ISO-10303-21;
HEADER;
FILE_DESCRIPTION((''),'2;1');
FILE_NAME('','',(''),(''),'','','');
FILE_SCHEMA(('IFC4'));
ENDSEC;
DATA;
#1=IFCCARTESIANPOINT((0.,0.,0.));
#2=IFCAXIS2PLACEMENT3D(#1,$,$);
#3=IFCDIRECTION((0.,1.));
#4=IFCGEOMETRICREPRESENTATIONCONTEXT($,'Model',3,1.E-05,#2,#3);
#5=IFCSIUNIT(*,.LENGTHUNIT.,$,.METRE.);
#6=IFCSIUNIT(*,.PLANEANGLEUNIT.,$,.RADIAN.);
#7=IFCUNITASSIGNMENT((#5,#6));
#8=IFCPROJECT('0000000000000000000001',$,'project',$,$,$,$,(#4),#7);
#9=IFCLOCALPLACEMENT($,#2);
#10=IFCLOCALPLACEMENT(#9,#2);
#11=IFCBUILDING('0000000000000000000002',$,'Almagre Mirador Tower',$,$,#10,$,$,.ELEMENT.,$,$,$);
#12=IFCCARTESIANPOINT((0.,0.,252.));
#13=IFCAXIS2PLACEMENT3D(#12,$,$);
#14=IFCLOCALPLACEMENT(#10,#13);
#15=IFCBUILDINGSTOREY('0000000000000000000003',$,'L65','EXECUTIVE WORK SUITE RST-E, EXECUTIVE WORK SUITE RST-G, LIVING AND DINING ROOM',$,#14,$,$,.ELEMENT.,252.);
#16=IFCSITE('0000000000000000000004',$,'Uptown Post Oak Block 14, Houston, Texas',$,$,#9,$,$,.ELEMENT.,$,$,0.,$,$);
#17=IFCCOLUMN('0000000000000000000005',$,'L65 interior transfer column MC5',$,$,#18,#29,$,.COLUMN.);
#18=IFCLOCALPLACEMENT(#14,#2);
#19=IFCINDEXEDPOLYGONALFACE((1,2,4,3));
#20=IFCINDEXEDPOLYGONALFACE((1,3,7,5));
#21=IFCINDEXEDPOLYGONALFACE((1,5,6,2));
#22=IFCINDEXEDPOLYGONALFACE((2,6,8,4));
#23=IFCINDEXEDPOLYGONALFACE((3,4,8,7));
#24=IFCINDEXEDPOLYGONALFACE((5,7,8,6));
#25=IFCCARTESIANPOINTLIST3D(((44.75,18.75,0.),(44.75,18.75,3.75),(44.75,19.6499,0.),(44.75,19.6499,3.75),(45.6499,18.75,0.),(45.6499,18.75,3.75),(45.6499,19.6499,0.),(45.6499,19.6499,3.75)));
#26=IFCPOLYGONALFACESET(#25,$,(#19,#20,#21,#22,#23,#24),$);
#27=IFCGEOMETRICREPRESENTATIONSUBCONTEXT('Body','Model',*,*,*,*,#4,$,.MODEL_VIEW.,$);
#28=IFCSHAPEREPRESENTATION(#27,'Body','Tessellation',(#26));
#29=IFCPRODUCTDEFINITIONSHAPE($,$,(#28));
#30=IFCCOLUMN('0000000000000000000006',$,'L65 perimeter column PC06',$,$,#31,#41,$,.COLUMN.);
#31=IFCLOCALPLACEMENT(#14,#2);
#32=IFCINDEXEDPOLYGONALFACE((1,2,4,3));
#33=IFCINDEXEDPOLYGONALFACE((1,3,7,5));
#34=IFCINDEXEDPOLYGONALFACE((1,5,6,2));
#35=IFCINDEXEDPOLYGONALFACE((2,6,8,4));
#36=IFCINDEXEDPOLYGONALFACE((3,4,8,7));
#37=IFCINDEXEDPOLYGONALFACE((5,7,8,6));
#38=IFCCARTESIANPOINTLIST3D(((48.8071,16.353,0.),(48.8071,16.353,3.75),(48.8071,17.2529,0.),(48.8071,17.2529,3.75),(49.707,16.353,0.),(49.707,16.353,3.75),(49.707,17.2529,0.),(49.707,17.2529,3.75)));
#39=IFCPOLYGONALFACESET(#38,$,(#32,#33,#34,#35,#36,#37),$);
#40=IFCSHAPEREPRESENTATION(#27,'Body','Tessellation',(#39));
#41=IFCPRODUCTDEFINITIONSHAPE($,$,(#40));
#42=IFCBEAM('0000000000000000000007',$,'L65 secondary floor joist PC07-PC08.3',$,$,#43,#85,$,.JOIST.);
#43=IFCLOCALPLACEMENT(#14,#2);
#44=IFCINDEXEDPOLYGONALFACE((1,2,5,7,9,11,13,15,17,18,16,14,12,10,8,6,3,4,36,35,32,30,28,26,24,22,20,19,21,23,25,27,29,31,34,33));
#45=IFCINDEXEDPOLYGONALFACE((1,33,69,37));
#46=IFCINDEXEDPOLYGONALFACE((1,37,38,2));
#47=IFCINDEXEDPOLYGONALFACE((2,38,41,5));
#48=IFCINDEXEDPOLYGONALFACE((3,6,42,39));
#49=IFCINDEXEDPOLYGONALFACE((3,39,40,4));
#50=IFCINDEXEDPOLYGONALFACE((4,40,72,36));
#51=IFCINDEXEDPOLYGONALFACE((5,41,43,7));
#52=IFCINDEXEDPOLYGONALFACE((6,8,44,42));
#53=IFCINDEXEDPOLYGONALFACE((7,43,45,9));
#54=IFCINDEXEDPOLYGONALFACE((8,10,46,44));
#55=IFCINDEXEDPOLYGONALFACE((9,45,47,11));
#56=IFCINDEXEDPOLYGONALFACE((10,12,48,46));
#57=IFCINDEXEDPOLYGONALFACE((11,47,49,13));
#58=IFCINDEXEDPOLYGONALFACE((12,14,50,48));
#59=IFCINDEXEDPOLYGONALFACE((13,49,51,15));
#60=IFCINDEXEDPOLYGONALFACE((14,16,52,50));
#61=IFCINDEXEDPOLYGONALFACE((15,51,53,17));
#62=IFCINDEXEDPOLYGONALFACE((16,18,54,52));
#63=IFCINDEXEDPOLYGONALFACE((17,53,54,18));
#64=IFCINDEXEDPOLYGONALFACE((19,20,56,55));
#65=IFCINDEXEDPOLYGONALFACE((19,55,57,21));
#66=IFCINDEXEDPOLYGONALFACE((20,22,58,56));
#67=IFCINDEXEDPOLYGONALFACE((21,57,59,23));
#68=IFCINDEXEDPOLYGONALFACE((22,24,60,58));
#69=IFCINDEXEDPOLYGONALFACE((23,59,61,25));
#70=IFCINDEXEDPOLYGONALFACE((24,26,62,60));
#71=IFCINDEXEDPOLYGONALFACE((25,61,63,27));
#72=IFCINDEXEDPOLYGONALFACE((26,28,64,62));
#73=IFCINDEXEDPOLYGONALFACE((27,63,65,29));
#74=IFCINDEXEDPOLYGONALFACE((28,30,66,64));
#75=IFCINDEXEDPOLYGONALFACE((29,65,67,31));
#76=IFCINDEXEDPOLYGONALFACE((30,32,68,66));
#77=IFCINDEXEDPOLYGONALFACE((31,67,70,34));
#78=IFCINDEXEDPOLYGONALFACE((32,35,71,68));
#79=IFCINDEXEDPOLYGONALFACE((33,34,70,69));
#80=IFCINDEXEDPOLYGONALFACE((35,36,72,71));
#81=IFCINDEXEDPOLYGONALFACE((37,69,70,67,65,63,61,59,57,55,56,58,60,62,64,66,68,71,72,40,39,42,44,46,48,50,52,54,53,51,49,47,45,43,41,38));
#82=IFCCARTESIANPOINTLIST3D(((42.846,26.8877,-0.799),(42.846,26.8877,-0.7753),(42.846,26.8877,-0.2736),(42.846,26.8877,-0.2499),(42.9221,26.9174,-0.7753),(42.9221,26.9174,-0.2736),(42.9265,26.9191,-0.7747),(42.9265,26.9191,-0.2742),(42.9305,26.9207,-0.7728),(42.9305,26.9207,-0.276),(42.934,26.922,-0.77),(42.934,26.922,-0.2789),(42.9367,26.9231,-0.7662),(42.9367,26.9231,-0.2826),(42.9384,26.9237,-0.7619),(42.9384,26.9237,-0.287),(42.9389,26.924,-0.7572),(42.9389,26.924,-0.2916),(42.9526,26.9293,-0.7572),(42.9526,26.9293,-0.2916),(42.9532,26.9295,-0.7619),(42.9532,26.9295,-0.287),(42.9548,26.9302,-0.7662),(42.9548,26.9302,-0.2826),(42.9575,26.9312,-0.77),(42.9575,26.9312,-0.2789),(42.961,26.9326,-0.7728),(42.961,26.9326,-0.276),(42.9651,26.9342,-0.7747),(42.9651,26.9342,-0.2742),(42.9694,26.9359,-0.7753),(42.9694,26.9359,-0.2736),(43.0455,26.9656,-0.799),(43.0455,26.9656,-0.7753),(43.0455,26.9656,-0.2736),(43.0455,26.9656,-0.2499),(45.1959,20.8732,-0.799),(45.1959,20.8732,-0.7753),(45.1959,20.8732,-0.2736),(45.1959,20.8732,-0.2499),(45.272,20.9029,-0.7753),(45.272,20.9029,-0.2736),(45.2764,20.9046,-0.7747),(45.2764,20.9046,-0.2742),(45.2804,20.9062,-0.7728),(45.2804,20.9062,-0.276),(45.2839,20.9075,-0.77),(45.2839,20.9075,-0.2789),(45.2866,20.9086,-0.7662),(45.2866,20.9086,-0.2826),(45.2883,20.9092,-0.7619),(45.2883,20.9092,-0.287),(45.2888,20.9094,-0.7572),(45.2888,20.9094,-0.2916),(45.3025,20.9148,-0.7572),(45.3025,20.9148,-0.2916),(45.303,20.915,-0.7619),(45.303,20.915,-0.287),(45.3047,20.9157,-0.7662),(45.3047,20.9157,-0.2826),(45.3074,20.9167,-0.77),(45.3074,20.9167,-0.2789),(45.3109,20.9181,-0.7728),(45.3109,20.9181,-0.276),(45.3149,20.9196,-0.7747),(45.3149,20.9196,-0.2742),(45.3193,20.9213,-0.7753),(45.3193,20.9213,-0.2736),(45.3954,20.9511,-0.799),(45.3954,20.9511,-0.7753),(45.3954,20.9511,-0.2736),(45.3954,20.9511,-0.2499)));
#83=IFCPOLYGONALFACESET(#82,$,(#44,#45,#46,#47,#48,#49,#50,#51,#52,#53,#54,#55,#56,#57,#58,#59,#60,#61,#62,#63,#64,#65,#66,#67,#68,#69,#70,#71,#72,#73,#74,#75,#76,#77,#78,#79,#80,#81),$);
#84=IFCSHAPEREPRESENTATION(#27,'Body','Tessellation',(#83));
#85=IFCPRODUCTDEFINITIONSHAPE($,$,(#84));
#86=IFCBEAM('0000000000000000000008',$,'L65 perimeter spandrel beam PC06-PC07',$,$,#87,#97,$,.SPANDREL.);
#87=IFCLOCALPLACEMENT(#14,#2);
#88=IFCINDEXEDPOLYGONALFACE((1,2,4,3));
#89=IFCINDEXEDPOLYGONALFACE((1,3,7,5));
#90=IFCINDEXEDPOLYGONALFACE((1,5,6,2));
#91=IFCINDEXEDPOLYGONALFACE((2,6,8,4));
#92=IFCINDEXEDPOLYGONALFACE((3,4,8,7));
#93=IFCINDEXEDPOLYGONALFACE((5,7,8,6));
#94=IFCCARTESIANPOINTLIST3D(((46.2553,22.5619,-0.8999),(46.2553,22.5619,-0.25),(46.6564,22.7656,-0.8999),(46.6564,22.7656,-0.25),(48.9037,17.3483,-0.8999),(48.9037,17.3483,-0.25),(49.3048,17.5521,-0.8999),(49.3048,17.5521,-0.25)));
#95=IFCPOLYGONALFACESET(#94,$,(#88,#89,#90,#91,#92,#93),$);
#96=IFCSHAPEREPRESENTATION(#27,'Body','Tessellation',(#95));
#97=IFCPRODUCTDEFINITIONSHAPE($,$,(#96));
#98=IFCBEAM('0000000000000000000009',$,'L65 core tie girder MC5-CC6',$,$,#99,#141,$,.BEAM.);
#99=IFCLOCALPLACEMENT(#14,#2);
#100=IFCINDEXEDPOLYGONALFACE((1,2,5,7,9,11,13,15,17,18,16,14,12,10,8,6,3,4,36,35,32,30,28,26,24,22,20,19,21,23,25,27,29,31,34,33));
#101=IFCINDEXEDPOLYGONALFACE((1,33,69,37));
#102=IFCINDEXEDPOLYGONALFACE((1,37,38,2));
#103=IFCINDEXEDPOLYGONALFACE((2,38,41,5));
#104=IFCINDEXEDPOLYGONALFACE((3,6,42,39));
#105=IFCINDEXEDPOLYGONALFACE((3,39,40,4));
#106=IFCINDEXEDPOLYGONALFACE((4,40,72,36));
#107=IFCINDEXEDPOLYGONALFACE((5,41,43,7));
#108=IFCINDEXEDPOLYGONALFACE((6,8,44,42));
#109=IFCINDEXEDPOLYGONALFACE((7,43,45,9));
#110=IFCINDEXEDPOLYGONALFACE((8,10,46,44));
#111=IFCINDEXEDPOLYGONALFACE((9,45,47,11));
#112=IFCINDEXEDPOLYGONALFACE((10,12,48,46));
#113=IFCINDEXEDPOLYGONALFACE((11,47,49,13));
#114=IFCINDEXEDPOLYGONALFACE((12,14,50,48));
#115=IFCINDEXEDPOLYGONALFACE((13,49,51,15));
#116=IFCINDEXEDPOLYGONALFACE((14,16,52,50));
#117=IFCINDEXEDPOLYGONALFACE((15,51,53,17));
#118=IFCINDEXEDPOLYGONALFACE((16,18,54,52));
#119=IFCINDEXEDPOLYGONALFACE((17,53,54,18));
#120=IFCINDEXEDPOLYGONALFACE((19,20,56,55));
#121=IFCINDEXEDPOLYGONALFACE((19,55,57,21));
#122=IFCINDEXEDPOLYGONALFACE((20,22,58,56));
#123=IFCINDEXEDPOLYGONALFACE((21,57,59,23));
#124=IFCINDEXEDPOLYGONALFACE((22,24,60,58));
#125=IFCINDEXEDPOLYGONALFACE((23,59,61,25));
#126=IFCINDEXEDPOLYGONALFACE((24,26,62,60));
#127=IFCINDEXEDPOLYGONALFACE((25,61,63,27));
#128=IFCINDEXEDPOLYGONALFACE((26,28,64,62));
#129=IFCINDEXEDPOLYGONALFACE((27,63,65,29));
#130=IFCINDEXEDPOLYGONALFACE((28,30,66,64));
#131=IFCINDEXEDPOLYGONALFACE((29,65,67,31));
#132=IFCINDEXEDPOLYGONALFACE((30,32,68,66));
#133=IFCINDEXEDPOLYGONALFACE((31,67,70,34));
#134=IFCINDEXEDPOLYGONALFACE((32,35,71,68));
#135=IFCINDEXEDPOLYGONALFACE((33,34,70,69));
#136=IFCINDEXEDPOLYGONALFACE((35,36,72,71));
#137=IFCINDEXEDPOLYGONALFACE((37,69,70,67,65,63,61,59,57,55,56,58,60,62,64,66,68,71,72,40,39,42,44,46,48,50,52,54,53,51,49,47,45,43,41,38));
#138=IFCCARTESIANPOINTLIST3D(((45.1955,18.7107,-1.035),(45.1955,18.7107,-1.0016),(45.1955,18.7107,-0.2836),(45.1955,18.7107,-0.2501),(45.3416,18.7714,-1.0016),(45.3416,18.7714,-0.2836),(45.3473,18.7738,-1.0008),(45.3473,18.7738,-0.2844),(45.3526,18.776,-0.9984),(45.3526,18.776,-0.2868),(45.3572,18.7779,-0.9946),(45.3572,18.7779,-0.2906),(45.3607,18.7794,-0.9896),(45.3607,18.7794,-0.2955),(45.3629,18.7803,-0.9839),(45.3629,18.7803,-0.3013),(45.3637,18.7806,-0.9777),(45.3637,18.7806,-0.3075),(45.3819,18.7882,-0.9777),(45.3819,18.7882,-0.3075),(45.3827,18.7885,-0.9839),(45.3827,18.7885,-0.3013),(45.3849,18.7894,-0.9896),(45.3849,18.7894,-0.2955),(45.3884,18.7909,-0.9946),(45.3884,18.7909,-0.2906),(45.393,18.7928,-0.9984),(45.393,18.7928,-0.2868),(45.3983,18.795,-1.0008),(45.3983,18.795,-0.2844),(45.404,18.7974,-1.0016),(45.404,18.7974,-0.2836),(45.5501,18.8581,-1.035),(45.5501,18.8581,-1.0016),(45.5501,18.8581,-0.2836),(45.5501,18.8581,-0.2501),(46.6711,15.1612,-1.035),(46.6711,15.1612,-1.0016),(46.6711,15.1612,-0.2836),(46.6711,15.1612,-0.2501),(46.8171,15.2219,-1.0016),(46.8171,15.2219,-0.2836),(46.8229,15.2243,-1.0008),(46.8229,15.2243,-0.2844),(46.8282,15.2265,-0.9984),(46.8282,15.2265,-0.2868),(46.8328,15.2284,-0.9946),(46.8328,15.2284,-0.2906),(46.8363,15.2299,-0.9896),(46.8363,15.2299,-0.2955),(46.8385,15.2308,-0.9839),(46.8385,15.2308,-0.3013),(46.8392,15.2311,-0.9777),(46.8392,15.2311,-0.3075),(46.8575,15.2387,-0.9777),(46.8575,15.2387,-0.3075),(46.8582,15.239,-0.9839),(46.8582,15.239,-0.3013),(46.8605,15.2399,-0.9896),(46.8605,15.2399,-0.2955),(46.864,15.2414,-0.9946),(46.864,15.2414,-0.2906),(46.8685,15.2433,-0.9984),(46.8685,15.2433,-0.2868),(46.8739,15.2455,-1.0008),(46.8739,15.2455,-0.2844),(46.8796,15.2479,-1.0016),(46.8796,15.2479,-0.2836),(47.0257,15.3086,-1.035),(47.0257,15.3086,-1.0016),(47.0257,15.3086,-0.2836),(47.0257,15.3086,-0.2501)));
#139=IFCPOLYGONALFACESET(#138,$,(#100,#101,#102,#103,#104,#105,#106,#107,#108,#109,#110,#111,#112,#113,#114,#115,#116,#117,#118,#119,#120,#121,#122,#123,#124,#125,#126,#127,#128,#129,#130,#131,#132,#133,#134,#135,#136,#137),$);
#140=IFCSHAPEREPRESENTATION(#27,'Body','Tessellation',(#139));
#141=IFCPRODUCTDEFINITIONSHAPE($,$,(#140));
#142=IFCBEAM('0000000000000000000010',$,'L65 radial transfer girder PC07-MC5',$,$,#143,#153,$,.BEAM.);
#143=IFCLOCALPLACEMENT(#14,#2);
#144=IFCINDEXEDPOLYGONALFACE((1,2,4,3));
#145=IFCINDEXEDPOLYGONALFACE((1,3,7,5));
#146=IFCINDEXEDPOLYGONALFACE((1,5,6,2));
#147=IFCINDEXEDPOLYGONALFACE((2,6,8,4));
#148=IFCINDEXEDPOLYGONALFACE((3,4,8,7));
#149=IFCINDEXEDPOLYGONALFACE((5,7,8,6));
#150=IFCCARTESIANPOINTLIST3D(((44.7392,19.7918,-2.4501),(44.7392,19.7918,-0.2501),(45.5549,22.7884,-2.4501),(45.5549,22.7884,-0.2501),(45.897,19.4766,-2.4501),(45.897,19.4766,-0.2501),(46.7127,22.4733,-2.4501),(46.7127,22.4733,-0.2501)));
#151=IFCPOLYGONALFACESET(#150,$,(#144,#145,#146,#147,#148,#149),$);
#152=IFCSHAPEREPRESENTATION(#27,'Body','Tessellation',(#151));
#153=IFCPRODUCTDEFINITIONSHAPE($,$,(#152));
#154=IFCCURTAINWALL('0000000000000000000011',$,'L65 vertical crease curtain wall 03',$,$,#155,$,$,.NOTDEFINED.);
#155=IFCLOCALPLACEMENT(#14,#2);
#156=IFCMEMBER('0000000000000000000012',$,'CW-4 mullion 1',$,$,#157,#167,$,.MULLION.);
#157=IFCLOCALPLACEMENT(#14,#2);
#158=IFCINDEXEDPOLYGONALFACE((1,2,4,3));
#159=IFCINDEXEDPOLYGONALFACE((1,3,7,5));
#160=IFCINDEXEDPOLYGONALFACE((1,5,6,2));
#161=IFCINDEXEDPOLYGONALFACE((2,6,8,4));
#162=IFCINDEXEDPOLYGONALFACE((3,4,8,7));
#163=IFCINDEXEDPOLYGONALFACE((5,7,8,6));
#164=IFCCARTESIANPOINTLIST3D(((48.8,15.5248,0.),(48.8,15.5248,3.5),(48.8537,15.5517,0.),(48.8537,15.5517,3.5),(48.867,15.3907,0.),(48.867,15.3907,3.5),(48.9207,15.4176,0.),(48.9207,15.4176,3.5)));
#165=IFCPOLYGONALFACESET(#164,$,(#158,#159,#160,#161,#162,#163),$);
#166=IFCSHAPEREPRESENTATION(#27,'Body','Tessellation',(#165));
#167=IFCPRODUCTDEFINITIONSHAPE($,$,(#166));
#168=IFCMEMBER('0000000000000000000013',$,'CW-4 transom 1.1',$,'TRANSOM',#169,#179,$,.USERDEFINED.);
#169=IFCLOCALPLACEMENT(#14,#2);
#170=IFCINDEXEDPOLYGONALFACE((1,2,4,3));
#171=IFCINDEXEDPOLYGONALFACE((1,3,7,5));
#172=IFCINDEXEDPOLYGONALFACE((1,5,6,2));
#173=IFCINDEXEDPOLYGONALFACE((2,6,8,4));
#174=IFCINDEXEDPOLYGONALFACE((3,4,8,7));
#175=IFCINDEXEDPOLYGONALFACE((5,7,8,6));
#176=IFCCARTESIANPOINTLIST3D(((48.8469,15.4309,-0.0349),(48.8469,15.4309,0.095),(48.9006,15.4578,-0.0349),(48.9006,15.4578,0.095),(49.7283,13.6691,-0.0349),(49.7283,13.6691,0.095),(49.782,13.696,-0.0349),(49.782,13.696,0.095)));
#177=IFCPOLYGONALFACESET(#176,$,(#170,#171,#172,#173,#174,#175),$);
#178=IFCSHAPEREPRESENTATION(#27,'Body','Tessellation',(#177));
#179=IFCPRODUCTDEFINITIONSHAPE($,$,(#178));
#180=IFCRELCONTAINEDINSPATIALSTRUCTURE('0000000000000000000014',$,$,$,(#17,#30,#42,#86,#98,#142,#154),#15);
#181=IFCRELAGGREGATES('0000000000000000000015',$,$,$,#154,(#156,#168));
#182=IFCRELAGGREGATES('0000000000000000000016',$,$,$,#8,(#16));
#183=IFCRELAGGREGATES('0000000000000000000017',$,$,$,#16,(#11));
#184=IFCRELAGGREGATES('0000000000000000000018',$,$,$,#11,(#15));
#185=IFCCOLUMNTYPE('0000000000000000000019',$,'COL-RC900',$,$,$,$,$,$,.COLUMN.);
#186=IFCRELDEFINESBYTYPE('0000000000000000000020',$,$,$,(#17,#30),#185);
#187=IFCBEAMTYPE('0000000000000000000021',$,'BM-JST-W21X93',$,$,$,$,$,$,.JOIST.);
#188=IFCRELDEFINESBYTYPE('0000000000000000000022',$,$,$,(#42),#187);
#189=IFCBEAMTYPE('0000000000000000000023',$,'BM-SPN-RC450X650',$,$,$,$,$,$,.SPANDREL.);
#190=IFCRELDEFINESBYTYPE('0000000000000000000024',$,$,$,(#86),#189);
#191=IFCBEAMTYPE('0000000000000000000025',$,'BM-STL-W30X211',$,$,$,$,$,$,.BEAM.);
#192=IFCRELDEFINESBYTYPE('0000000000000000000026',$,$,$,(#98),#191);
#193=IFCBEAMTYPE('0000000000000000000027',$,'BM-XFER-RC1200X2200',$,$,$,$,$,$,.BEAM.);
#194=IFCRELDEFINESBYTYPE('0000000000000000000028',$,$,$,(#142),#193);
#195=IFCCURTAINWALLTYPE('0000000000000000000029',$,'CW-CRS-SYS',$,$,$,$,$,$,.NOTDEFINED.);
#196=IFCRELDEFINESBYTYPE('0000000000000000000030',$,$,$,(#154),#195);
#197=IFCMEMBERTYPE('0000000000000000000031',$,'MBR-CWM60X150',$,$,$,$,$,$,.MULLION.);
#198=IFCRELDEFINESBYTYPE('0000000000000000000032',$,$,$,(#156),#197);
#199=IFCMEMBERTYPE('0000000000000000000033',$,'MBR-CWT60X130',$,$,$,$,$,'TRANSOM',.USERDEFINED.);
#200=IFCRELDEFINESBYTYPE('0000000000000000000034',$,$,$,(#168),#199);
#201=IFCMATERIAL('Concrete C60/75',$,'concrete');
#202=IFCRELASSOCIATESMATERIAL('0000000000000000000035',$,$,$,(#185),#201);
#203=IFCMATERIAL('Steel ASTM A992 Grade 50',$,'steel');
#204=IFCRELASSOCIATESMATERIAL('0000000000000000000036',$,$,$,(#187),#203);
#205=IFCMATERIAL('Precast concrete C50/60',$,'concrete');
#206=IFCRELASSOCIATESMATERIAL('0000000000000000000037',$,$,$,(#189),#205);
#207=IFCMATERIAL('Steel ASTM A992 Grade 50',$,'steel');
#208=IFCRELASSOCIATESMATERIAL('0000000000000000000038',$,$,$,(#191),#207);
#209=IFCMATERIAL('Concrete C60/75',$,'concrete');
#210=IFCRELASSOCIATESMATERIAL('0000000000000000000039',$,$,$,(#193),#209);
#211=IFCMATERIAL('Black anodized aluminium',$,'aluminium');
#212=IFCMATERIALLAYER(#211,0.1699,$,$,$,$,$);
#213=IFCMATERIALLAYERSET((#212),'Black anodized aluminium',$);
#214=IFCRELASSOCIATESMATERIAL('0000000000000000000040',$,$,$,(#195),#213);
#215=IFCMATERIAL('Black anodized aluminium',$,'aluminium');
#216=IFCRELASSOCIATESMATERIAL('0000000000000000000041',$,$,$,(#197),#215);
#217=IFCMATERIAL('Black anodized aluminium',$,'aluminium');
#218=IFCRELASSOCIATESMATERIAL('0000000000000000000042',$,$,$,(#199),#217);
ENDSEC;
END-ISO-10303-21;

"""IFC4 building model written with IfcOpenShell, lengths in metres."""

from ifc_helpers import new_model, si_unit, direction, frame, origin, origin_2d, place, context, subcontext, project, spatial, rectangle, i_section, extrude, material, layer, layer_set, material_profile, profile_set, type_object, element, aggregate, save


model = new_model("IFC4")

# Units and contexts
model_context = context("Model", 3, precision=1e-05, world=origin(), true_north=direction((0.0, 1.0)))
body_context = subcontext(model_context, "Body", "Model", "MODEL_VIEW")
ifc_project = project(units=[si_unit("LENGTHUNIT", "METRE"), si_unit("PLANEANGLEUNIT", "RADIAN")], contexts=[model_context])

# Site, building, storey
site_placement = place(None, origin())
site = spatial("IfcSite", under=ifc_project, at=site_placement, Name="Uptown Post Oak Block 14, Houston, Texas", CompositionType="ELEMENT", RefElevation=0.0)
building_placement = place(site_placement, origin())
building = spatial("IfcBuilding", under=site, at=building_placement, Name="Almagre Mirador Tower", CompositionType="ELEMENT")
storey_placement = place(building_placement, frame((0.0, 0.0, 252.0)))
storey = spatial("IfcBuildingStorey", under=building, at=storey_placement, Name="L65", Description="EXECUTIVE WORK SUITE RST-E, EXECUTIVE WORK SUITE RST-G, LIVING AND DINING ROOM", CompositionType="ELEMENT", Elevation=252.0)

# Columns
ifc_material_1 = material(Name="Concrete C60/75", Category="concrete")
ifc_material_profile_1 = material_profile(ifc_material_1, rectangle(XDim=0.8999, YDim=0.8999, at=origin_2d()), Name="RC900X900")
ifc_profile_set_1 = profile_set([ifc_material_profile_1], Name="Concrete C60/75")
column_type = type_object("IfcColumnType", Name="COL-RC900", PredefinedType="COLUMN", material=ifc_profile_set_1)
for number, where, z_axis, x_axis, name in (
    (1, (45.2, 19.2, 0.0), (0.0, 0.0, 1.0), (1.0, 0.0, 0.0), "L65 interior transfer column MC5"),
    (2, (49.2571, 16.803, 0.0), (0.0, 0.0, 1.0), (1.0, 0.0, 0.0), "L65 perimeter column PC06"),
):
    element("IfcColumn", number, at=place(storey_placement, frame(where, z_axis=z_axis, x_axis=x_axis)), inside=storey, type_object=column_type, Name=name, PredefinedType="COLUMN", context=body_context, shape_type="SweptSolid", body=[
        extrude(rectangle(XDim=0.8999, YDim=0.8999, at=origin_2d()), origin(), (0.0, 0.0, 1.0), 3.75),
    ])

# Beams
ifc_material_2 = material(Name="Steel ASTM A992 Grade 50", Category="steel")
ifc_material_profile_2 = material_profile(ifc_material_2, i_section(OverallWidth=0.2141, OverallDepth=0.5491, WebThickness=0.0146, FlangeThickness=0.0237, FilletRadius=0.0181, at=origin_2d()), Name="W21X93")
ifc_profile_set_2 = profile_set([ifc_material_profile_2], Name="Steel ASTM A992 Grade 50")
beam_type_1 = type_object("IfcBeamType", Name="BM-JST-W21X93", PredefinedType="JOIST", material=ifc_profile_set_2)
beam_1_placement = place(storey_placement, frame((45.2957, 20.9121, -0.5244), z_axis=(-0.363915, 0.931432, 0.0), x_axis=(-0.931432, -0.363915, 0.0)))
element("IfcBeam", 3, at=beam_1_placement, inside=storey, type_object=beam_type_1, Name="L65 secondary floor joist PC07-PC08.3", PredefinedType="JOIST", context=body_context, shape_type="SweptSolid", body=[
    extrude(i_section(OverallWidth=0.2141, OverallDepth=0.5491, WebThickness=0.0146, FlangeThickness=0.0237, FilletRadius=0.0181, at=origin_2d()), origin(), (0.0, 0.0, 1.0), 6.4573),
])
ifc_material_3 = material(Name="Precast concrete C50/60", Category="concrete")
ifc_material_profile_3 = material_profile(ifc_material_3, rectangle(XDim=0.45, YDim=0.6499, at=origin_2d()), Name="RC450X650")
ifc_profile_set_3 = profile_set([ifc_material_profile_3], Name="Precast concrete C50/60")
beam_type_2 = type_object("IfcBeamType", Name="BM-SPN-RC450X650", PredefinedType="SPANDREL", material=ifc_profile_set_3)
beam_2_placement = place(storey_placement, frame((49.1042, 17.4502, -0.575), z_axis=(-0.452899, 0.891562, 0.0), x_axis=(-0.891562, -0.452899, 0.0)))
element("IfcBeam", 4, at=beam_2_placement, inside=storey, type_object=beam_type_2, Name="L65 perimeter spandrel beam PC06-PC07", PredefinedType="SPANDREL", context=body_context, shape_type="SweptSolid", body=[
    extrude(rectangle(XDim=0.45, YDim=0.6499, at=origin_2d()), origin(), (0.0, 0.0, 1.0), 5.8477),
])
ifc_material_4 = material(Name="Steel ASTM A992 Grade 50", Category="steel")
ifc_material_profile_4 = material_profile(ifc_material_4, i_section(OverallWidth=0.384, OverallDepth=0.7849, WebThickness=0.0198, FlangeThickness=0.0334, FilletRadius=0.0239, at=origin_2d()), Name="W30X211")
ifc_profile_set_4 = profile_set([ifc_material_profile_4], Name="Steel ASTM A992 Grade 50")
beam_type_3 = type_object("IfcBeamType", Name="BM-STL-W30X211", PredefinedType="BEAM", material=ifc_profile_set_4)
beam_3_placement = place(storey_placement, frame((45.3728, 18.7844, -0.6426), z_axis=(0.383862, -0.92339, 0.0), x_axis=(0.92339, 0.383862, 0.0)))
element("IfcBeam", 5, at=beam_3_placement, inside=storey, type_object=beam_type_3, Name="L65 core tie girder MC5-CC6", PredefinedType="BEAM", context=body_context, shape_type="SweptSolid", body=[
    extrude(i_section(OverallWidth=0.384, OverallDepth=0.7849, WebThickness=0.0198, FlangeThickness=0.0334, FilletRadius=0.0239, at=origin_2d()), origin(), (0.0, 0.0, 1.0), 3.844),
])
ifc_material_5 = material(Name="Concrete C60/75", Category="concrete")
ifc_material_profile_5 = material_profile(ifc_material_5, rectangle(XDim=1.2, YDim=2.2, at=origin_2d()), Name="RC1200X2200")
ifc_profile_set_5 = profile_set([ifc_material_profile_5], Name="Concrete C60/75")
beam_type_4 = type_object("IfcBeamType", Name="BM-XFER-RC1200X2200", PredefinedType="BEAM", material=ifc_profile_set_5)
beam_4_placement = place(storey_placement, frame((46.1338, 22.6309, -1.3501), z_axis=(-0.262645, -0.964893, 0.0), x_axis=(0.964893, -0.262645, 0.0)))
element("IfcBeam", 6, at=beam_4_placement, inside=storey, type_object=beam_type_4, Name="L65 radial transfer girder PC07-MC5", PredefinedType="BEAM", context=body_context, shape_type="SweptSolid", body=[
    extrude(rectangle(XDim=1.2, YDim=2.2, at=origin_2d()), origin(), (0.0, 0.0, 1.0), 3.1057),
])

# Curtain wall, members
ifc_material_6 = material(Name="Black anodized aluminium", Category="aluminium")
ifc_layer_1 = layer(ifc_material_6, 0.1699)
ifc_layer_set_1 = layer_set([ifc_layer_1], Name="Black anodized aluminium")
curtain_wall_type = type_object("IfcCurtainWallType", Name="CW-CRS-SYS", PredefinedType="NOTDEFINED", material=ifc_layer_set_1)
curtain_wall_placement = place(storey_placement, origin())
curtain_wall = element("IfcCurtainWall", 7, at=curtain_wall_placement, inside=storey, type_object=curtain_wall_type, Name="L65 vertical crease curtain wall 03", PredefinedType="NOTDEFINED")
ifc_material_7 = material(Name="Black anodized aluminium", Category="aluminium")
ifc_material_profile_6 = material_profile(ifc_material_7, rectangle(XDim=0.0601, YDim=0.1499, at=origin_2d()), Name="CWM60X150")
ifc_profile_set_6 = profile_set([ifc_material_profile_6], Name="Black anodized aluminium")
member_type_1 = type_object("IfcMemberType", Name="MBR-CWM60X150", PredefinedType="MULLION", material=ifc_profile_set_6)
member_1_placement = place(storey_placement, frame((48.8604, 15.4712, 0.0), z_axis=(0.0, 0.0, 1.0), x_axis=(0.894331, 0.447405, 0.0)))
member_1 = element("IfcMember", 8, at=member_1_placement, type_object=member_type_1, Name="CW-4 mullion 1", PredefinedType="MULLION", context=body_context, shape_type="SweptSolid", body=[
    extrude(rectangle(XDim=0.0601, YDim=0.1499, at=origin_2d()), origin(), (0.0, 0.0, 1.0), 3.5),
])
ifc_material_8 = material(Name="Black anodized aluminium", Category="aluminium")
ifc_material_profile_7 = material_profile(ifc_material_8, rectangle(XDim=0.0601, YDim=0.1299, at=origin_2d()), Name="CWT60X130")
ifc_profile_set_7 = profile_set([ifc_material_profile_7], Name="Black anodized aluminium")
member_type_2 = type_object("IfcMemberType", Name="MBR-CWT60X130", ElementType="TRANSOM", PredefinedType="USERDEFINED", material=ifc_profile_set_7)
member_2_placement = place(storey_placement, frame((48.8738, 15.4443, 0.03), z_axis=(0.447412, -0.894328, 0.0), x_axis=(0.894328, 0.447412, 0.0)))
member_2 = element("IfcMember", 9, at=member_2_placement, type_object=member_type_2, Name="CW-4 transom 1.1", ObjectType="TRANSOM", PredefinedType="USERDEFINED", context=body_context, shape_type="SweptSolid", body=[
    extrude(rectangle(XDim=0.0601, YDim=0.1299, at=origin_2d()), origin(), (0.0, 0.0, 1.0), 1.97),
])
aggregate(curtain_wall, [member_1, member_2])

save(model, "model.ifc")
